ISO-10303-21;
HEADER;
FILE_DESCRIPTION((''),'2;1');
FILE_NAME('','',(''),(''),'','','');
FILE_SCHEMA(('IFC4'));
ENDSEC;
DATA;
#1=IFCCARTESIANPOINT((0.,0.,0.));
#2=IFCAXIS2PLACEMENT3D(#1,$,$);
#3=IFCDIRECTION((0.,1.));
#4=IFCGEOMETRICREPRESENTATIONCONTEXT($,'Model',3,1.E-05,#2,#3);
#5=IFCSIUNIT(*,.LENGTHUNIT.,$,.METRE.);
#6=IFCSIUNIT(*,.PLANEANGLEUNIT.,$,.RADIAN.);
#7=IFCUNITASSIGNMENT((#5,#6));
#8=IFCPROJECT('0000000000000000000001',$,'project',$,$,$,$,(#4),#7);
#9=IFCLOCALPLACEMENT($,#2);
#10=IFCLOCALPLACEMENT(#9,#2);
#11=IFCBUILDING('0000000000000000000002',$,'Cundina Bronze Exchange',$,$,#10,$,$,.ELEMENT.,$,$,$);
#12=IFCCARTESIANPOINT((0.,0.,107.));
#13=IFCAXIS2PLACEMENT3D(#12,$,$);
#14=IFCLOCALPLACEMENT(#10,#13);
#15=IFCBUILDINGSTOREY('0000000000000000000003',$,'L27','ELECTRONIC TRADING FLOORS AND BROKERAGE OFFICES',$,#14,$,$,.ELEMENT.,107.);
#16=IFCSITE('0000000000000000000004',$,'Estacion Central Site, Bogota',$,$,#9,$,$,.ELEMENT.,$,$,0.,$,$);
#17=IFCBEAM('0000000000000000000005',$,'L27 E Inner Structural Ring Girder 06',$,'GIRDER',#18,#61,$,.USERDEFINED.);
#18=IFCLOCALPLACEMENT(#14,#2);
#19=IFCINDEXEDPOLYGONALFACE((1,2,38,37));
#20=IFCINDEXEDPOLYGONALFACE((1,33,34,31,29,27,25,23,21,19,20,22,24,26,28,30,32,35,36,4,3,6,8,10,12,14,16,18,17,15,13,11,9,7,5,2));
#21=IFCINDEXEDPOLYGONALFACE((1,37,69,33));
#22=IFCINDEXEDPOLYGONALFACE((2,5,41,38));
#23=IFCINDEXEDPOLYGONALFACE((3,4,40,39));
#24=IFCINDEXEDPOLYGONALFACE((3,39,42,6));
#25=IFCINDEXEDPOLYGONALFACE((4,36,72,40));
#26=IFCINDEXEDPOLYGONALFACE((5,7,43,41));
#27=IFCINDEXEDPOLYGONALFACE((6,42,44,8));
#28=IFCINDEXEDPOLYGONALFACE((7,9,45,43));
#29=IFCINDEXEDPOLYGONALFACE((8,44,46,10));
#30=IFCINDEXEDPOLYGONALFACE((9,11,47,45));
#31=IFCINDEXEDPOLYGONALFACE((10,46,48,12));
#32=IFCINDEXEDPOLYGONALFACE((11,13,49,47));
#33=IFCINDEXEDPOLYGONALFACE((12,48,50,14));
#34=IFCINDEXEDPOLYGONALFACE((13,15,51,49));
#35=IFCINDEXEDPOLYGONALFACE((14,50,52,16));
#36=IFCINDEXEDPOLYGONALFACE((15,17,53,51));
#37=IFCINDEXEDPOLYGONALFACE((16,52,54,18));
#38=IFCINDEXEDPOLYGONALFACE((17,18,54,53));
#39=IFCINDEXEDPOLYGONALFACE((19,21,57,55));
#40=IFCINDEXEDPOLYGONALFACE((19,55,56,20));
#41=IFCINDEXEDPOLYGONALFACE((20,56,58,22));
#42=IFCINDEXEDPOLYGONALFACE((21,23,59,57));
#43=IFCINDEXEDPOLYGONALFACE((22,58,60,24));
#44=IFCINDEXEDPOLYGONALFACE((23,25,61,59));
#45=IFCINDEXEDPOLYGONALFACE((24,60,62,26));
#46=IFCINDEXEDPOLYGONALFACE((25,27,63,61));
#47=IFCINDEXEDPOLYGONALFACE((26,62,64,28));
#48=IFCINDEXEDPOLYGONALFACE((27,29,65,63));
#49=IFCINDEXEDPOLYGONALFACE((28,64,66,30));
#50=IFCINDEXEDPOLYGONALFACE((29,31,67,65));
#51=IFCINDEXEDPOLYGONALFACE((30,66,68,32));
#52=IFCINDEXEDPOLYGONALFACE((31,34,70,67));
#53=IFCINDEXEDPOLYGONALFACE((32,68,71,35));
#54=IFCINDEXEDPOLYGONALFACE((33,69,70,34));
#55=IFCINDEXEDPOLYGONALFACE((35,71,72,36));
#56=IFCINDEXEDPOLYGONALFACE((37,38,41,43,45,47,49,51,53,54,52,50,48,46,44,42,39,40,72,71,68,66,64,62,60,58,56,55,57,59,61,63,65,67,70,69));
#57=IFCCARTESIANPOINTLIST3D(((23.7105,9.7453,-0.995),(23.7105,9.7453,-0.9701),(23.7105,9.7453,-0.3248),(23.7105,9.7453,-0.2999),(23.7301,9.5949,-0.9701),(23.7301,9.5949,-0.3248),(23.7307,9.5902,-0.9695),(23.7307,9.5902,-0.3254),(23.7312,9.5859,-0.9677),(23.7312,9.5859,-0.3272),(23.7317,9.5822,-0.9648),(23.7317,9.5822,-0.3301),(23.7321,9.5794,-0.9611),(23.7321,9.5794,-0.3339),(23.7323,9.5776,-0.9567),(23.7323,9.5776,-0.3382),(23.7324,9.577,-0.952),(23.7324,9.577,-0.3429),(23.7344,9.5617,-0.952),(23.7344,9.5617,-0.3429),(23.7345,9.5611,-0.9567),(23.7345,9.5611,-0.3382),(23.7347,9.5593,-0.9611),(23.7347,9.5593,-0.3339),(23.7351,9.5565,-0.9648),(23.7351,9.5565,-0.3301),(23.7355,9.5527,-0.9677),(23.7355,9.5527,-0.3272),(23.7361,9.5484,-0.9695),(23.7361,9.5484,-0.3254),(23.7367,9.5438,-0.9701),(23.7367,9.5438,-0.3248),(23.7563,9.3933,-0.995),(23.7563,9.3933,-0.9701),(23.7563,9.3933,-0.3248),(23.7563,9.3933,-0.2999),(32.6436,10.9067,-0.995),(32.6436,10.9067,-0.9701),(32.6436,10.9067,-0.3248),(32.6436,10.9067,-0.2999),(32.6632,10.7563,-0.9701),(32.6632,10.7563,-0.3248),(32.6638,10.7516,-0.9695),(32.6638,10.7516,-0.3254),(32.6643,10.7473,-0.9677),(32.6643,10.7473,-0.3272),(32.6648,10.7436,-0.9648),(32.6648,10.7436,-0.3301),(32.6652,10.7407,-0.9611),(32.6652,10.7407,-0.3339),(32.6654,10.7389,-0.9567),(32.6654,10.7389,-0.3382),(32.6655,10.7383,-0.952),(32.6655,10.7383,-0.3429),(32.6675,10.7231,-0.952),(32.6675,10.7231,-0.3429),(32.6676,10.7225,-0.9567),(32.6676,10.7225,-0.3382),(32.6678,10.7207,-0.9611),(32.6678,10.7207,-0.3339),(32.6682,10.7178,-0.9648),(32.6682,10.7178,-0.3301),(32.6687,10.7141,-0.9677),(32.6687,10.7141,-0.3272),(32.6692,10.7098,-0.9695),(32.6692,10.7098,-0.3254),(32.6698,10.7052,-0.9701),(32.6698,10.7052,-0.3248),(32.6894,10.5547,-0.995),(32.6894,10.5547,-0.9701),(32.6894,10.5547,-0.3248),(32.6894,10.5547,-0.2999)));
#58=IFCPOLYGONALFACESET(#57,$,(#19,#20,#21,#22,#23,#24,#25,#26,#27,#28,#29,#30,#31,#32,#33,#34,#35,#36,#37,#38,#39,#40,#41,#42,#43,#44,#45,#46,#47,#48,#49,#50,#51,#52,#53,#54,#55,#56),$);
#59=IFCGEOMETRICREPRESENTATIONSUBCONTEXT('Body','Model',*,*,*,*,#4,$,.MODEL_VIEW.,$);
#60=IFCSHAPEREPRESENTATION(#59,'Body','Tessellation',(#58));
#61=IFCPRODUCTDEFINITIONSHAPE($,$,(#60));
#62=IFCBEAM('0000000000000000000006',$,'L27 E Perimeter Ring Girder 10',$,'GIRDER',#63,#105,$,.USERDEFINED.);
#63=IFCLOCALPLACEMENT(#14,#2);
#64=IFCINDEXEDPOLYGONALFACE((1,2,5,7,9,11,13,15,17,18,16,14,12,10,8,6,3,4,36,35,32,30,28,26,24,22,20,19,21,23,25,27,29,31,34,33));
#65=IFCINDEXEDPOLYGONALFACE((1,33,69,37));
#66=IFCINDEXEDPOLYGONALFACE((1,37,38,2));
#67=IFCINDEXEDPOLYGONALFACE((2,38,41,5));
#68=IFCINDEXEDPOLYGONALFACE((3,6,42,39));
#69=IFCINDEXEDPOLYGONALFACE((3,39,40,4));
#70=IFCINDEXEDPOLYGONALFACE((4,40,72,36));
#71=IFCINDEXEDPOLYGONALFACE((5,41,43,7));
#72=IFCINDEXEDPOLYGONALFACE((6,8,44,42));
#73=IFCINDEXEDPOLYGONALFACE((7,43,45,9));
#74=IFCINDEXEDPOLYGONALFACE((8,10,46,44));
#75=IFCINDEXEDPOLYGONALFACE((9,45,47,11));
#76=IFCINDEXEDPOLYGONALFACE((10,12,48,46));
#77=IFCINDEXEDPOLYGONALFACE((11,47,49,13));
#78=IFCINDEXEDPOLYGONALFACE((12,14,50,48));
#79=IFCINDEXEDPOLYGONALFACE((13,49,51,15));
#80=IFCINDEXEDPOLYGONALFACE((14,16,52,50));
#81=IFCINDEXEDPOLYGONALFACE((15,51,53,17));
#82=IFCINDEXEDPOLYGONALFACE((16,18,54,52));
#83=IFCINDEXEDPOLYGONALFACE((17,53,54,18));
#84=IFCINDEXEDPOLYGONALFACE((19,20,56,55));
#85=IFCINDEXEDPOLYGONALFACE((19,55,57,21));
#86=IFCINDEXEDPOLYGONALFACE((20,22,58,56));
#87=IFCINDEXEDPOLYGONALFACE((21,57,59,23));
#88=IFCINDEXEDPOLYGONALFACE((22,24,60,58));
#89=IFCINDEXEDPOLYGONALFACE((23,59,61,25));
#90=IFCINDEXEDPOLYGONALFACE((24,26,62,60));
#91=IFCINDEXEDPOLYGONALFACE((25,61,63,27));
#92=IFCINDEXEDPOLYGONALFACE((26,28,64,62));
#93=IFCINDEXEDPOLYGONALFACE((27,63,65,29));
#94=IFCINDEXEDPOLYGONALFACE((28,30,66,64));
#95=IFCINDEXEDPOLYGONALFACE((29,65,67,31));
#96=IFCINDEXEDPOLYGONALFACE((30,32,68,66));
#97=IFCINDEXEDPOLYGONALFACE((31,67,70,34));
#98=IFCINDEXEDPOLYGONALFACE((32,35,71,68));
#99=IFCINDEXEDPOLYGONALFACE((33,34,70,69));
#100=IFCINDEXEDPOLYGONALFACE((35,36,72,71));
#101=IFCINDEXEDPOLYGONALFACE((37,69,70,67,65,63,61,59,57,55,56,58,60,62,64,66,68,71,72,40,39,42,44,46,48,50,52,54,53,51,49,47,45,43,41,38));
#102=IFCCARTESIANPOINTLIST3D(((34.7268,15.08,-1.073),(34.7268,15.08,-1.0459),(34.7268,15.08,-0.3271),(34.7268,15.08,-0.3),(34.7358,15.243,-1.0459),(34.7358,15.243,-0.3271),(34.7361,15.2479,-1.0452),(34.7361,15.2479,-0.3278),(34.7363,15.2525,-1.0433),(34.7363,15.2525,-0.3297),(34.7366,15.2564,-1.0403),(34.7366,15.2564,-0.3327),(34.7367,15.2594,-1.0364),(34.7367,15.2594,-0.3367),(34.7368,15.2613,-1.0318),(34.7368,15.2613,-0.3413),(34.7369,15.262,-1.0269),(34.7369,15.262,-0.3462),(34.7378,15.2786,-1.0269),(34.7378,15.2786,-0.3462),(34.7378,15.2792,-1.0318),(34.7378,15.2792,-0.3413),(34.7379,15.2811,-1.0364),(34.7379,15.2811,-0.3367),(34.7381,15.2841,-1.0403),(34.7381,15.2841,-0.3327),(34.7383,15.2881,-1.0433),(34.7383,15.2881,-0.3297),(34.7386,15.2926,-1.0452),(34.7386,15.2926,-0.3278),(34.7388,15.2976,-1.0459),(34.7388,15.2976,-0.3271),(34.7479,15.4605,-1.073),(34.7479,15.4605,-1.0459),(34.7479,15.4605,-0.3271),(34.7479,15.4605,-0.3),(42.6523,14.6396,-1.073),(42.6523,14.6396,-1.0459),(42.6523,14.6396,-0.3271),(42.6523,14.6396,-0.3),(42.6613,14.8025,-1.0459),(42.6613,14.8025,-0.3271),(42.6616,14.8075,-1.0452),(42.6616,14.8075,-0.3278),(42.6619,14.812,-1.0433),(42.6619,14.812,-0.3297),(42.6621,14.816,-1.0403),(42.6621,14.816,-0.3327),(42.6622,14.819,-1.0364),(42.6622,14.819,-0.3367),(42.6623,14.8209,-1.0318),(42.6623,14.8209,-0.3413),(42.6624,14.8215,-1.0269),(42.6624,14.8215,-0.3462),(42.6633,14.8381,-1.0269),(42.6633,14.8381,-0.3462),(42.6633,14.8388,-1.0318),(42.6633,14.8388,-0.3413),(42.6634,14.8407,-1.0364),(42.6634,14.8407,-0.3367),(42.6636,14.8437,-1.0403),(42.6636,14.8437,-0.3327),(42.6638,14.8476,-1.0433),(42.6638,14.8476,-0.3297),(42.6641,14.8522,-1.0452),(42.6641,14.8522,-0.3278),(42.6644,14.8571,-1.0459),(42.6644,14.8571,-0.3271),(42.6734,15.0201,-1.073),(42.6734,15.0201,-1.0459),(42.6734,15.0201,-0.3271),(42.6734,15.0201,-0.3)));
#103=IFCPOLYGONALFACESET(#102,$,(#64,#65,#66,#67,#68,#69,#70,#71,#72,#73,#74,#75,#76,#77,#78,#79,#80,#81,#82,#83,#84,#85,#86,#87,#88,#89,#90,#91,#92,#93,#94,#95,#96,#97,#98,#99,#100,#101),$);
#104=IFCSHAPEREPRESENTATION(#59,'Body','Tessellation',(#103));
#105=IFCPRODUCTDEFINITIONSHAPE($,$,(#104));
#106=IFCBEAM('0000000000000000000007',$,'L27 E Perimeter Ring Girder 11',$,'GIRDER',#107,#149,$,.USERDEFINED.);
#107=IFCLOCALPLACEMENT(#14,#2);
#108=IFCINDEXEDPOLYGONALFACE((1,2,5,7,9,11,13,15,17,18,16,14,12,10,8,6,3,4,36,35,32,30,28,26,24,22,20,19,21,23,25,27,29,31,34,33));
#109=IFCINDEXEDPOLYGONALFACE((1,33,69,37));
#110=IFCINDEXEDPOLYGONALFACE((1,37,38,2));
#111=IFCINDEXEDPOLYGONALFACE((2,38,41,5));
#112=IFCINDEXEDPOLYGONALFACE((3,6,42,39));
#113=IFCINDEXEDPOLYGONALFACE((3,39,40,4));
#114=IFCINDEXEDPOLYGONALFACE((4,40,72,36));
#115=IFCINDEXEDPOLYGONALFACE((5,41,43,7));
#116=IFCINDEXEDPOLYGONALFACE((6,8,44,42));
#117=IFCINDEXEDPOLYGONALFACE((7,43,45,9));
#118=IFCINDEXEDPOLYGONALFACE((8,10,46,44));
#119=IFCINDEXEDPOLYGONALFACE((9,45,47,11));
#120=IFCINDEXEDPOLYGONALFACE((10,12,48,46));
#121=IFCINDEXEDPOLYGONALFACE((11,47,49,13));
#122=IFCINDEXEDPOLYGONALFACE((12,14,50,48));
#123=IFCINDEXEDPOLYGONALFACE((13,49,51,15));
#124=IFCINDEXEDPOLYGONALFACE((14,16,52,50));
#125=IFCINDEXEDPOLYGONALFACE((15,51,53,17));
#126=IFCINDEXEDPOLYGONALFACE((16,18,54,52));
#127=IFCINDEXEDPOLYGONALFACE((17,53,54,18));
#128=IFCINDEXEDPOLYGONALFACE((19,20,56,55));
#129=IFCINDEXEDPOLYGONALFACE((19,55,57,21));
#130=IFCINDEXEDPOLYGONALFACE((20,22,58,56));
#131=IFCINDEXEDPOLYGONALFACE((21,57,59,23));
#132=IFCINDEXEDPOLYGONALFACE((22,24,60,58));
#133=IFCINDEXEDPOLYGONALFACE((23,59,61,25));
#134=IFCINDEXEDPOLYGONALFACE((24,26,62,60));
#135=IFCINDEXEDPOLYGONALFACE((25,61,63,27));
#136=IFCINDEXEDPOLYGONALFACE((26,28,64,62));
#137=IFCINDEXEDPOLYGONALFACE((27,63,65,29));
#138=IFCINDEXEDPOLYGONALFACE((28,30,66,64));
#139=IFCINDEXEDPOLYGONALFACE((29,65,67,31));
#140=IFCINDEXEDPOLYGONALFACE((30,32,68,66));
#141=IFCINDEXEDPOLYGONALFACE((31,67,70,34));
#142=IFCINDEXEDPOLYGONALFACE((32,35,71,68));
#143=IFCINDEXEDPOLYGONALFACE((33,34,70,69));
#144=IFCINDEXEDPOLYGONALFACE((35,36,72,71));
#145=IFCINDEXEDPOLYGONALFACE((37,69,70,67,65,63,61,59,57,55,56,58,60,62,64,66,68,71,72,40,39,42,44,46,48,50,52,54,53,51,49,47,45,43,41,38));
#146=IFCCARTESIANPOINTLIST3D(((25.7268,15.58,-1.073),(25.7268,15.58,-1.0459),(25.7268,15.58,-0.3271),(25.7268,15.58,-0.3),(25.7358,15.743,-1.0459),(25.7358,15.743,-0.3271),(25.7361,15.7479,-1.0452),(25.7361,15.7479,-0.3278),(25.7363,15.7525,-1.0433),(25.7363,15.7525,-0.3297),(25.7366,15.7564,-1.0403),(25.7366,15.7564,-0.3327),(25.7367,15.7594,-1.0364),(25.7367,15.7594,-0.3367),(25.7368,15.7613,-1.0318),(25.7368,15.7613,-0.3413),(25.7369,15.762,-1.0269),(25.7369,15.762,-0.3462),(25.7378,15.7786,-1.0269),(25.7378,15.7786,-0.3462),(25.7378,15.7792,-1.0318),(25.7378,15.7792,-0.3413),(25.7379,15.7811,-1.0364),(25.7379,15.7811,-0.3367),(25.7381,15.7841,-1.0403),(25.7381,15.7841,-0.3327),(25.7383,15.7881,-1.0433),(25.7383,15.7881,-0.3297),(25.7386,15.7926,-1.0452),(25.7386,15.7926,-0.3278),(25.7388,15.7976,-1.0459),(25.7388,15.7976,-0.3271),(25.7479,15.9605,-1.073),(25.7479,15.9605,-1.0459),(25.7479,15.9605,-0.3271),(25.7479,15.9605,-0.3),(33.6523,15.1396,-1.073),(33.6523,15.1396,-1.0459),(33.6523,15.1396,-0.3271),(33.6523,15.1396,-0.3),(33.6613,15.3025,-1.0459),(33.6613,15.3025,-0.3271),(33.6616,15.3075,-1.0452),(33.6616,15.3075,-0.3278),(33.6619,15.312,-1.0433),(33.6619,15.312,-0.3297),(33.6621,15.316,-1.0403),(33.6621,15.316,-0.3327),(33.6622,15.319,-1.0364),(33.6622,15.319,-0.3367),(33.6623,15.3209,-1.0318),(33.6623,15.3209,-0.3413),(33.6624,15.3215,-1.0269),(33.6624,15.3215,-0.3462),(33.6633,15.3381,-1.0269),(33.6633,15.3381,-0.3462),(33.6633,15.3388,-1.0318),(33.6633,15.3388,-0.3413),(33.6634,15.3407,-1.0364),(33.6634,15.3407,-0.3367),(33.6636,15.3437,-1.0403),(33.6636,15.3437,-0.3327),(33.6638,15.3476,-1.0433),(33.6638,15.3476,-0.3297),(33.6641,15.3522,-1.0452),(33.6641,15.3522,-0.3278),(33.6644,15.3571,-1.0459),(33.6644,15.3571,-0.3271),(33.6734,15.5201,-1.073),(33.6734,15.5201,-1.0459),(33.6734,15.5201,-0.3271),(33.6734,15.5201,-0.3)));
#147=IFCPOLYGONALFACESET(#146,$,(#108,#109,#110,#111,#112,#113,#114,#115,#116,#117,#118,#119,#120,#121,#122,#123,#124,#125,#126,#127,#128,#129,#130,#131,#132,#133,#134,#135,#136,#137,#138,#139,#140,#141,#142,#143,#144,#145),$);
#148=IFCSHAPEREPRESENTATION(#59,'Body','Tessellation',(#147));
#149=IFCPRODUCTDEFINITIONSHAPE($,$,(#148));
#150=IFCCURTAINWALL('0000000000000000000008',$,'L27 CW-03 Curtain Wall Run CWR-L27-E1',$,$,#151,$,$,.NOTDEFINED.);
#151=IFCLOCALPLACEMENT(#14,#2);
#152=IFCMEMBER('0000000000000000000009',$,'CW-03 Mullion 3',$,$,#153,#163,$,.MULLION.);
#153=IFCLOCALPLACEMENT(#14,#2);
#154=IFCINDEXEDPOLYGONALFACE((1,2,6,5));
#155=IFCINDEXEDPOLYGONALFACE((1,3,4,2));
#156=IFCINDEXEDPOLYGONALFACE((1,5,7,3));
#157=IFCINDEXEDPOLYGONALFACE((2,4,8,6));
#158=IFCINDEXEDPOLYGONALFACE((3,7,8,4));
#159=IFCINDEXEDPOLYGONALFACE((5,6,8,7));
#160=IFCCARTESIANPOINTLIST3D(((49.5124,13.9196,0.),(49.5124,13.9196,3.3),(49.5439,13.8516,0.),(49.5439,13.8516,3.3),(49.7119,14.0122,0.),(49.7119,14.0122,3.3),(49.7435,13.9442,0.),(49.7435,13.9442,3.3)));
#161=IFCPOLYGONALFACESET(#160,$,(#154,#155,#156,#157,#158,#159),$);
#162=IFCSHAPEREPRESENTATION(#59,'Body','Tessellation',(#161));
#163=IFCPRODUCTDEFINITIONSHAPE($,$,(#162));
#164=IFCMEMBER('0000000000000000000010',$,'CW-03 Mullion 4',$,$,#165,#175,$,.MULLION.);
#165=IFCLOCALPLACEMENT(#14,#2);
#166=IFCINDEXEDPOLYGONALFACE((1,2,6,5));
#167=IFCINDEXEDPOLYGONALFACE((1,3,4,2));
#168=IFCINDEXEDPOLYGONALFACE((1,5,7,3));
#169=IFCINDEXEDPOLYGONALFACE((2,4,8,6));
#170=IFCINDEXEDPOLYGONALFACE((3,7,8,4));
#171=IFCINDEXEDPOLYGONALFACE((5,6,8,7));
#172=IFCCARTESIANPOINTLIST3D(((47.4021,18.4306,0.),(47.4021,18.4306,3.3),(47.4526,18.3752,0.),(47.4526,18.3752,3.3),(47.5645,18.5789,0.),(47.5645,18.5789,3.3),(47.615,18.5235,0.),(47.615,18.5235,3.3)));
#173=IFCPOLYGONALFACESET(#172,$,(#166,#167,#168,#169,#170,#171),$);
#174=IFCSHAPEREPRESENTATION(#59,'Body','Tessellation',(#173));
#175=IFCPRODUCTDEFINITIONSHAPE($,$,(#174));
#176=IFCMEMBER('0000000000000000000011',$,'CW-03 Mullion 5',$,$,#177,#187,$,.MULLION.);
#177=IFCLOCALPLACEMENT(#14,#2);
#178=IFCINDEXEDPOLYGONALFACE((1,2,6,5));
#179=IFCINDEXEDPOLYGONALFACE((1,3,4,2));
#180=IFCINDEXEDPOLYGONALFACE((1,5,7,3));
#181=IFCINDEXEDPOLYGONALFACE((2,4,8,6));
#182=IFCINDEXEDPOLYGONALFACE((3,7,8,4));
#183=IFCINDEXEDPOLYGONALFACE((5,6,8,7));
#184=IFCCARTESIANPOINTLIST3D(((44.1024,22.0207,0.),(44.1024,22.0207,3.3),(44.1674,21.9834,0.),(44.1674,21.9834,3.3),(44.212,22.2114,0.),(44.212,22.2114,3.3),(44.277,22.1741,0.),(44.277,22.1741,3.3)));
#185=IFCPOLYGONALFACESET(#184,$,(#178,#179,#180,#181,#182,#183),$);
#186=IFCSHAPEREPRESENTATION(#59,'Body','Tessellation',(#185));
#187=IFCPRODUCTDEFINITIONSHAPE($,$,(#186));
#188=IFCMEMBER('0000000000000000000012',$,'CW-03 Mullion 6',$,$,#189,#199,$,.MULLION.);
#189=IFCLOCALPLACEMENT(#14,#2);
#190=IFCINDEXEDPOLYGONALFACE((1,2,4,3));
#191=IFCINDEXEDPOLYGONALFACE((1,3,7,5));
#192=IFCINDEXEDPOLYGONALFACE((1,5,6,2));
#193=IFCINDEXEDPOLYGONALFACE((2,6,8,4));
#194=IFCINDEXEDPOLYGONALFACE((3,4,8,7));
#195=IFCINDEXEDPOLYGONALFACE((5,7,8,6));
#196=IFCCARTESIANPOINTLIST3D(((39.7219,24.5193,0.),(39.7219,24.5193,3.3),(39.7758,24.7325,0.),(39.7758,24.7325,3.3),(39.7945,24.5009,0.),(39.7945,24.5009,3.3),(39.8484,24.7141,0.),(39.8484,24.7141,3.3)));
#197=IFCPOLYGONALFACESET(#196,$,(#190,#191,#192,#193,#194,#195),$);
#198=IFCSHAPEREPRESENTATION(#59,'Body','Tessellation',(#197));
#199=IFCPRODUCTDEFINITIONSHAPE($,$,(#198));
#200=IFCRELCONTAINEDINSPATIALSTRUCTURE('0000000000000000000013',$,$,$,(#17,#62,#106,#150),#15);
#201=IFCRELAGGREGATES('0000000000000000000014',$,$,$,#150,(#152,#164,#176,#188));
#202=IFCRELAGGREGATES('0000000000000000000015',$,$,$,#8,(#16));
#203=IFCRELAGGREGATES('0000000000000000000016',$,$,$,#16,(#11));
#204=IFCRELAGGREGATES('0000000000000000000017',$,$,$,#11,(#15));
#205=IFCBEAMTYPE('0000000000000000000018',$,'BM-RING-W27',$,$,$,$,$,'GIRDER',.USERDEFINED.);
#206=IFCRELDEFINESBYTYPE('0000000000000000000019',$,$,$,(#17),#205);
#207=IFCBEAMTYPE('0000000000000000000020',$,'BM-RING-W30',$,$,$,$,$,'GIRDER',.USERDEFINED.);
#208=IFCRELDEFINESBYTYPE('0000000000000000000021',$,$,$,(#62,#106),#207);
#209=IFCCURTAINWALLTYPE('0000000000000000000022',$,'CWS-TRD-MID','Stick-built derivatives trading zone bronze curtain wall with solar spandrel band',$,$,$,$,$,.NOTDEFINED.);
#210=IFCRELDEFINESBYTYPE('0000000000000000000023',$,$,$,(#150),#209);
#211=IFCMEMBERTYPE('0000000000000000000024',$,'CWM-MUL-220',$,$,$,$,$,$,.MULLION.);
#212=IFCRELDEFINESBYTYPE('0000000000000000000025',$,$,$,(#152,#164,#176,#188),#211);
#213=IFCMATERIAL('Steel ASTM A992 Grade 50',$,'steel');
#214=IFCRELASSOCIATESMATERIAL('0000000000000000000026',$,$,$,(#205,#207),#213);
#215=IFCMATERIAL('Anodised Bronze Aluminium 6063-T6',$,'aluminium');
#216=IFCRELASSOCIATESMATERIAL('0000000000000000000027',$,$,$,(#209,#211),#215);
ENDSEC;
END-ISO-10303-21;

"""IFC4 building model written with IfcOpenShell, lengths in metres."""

from ifc_helpers import new_model, si_unit, direction, frame, origin, origin_2d, place, context, subcontext, project, spatial, rectangle, i_section, extrude, material, material_profile, profile_set, type_object, element, aggregate, save


model = new_model("IFC4")

# Units and contexts
model_context = context("Model", 3, precision=1e-05, world=origin(), true_north=direction((0.0, 1.0)))
body_context = subcontext(model_context, "Body", "Model", "MODEL_VIEW")
ifc_project = project(units=[si_unit("LENGTHUNIT", "METRE"), si_unit("PLANEANGLEUNIT", "RADIAN")], contexts=[model_context])

# Site, building, storey
site_placement = place(None, origin())
site = spatial("IfcSite", under=ifc_project, at=site_placement, Name="Estacion Central Site, Bogota", CompositionType="ELEMENT", RefElevation=0.0)
building_placement = place(site_placement, origin())
building = spatial("IfcBuilding", under=site, at=building_placement, Name="Cundina Bronze Exchange", CompositionType="ELEMENT")
storey_placement = place(building_placement, frame((0.0, 0.0, 107.0)))
storey = spatial("IfcBuildingStorey", under=building, at=storey_placement, Name="L27", Description="ELECTRONIC TRADING FLOORS AND BROKERAGE OFFICES", CompositionType="ELEMENT", Elevation=107.0)

# Beams
ifc_material_1 = material(Name="Steel ASTM A992 Grade 50", Category="steel")
ifc_material_profile_1 = material_profile(ifc_material_1, i_section(OverallWidth=0.355, OverallDepth=0.6951, WebThickness=0.0154, FlangeThickness=0.0249, FilletRadius=0.0181, at=origin_2d()), Name="W27X146", Category="steel")
ifc_profile_set_1 = profile_set([ifc_material_profile_1], Name="Steel ASTM A992 Grade 50")
beam_type_1 = type_object("IfcBeamType", Name="BM-RING-W27", ElementType="GIRDER", PredefinedType="USERDEFINED", material=ifc_profile_set_1)
beam_1_placement = place(storey_placement, frame((32.6665, 10.7307, -0.6475), z_axis=(-0.991655, -0.128923, 0.0), x_axis=(0.128923, -0.991655, 0.0)))
element("IfcBeam", 1, at=beam_1_placement, inside=storey, type_object=beam_type_1, Name="L27 E Inner Structural Ring Girder 06", ObjectType="GIRDER", PredefinedType="USERDEFINED", context=body_context, shape_type="SweptSolid", body=[
    extrude(i_section(OverallWidth=0.355, OverallDepth=0.6951, WebThickness=0.0154, FlangeThickness=0.0249, FilletRadius=0.0181, at=origin_2d()), origin(), (0.0, 0.0, 1.0), 9.0083),
])
ifc_material_profile_2 = material_profile(ifc_material_1, i_section(OverallWidth=0.3811, OverallDepth=0.7729, WebThickness=0.0166, FlangeThickness=0.0271, FilletRadius=0.019, at=origin_2d()), Name="W30X173", Category="steel")
ifc_profile_set_2 = profile_set([ifc_material_profile_2], Name="Steel ASTM A992 Grade 50")
beam_type_2 = type_object("IfcBeamType", Name="BM-RING-W30", ElementType="GIRDER", PredefinedType="USERDEFINED", material=ifc_profile_set_2)
for number, where, z_axis, x_axis, name in (
    (2, (42.6628, 14.8298, -0.6865), (-0.99846, 0.055485, 0.0), (-0.055485, -0.99846, 0.0), "L27 E Perimeter Ring Girder 10"),
    (3, (33.6628, 15.3298, -0.6865), (-0.99846, 0.055485, 0.0), (-0.055485, -0.99846, 0.0), "L27 E Perimeter Ring Girder 11"),
):
    element("IfcBeam", number, at=place(storey_placement, frame(where, z_axis=z_axis, x_axis=x_axis)), inside=storey, type_object=beam_type_2, Name=name, ObjectType="GIRDER", PredefinedType="USERDEFINED", context=body_context, shape_type="SweptSolid", body=[
        extrude(i_section(OverallWidth=0.3811, OverallDepth=0.7729, WebThickness=0.0166, FlangeThickness=0.0271, FilletRadius=0.019, at=origin_2d()), origin(), (0.0, 0.0, 1.0), 7.9377),
    ])

# Curtain wall, members
ifc_material_2 = material(Name="Anodised Bronze Aluminium 6063-T6", Category="aluminium")
curtain_wall_type = type_object("IfcCurtainWallType", Name="CWS-TRD-MID", Description="Stick-built derivatives trading zone bronze curtain wall with solar spandrel band", PredefinedType="NOTDEFINED", material=ifc_material_2)
curtain_wall_placement = place(storey_placement, origin())
curtain_wall = element("IfcCurtainWall", 4, at=curtain_wall_placement, inside=storey, type_object=curtain_wall_type, Name="L27 CW-03 Curtain Wall Run CWR-L27-E1", PredefinedType="NOTDEFINED")
ifc_material_profile_3 = material_profile(ifc_material_2, rectangle(XDim=0.075, YDim=0.22, at=origin_2d()), Name="AL75X220", Category="aluminium")
ifc_profile_set_3 = profile_set([ifc_material_profile_3], Name="Anodised Bronze Aluminium 6063-T6")
member_type_1 = type_object("IfcMemberType", Name="CWM-MUL-220", PredefinedType="MULLION", material=ifc_profile_set_3)
member_1_placement = place(storey_placement, frame((49.6279, 13.9319, 0.0), z_axis=(0.0, 0.0, 1.0), x_axis=(-0.420877, 0.907117, 0.0)))
member_1 = element("IfcMember", 5, at=member_1_placement, type_object=member_type_1, Name="CW-03 Mullion 3", PredefinedType="MULLION", context=body_context, shape_type="SweptSolid", body=[
    extrude(rectangle(XDim=0.075, YDim=0.22, at=origin_2d()), origin(), (0.0, 0.0, 1.0), 3.3),
])
member_2_placement = place(storey_placement, frame((47.5085, 18.4771, 0.0), z_axis=(0.0, 0.0, 1.0), x_axis=(-0.674302, 0.738455, 0.0)))
member_2 = element("IfcMember", 6, at=member_2_placement, type_object=member_type_1, Name="CW-03 Mullion 4", PredefinedType="MULLION", context=body_context, shape_type="SweptSolid", body=[
    extrude(rectangle(XDim=0.075, YDim=0.22, at=origin_2d()), origin(), (0.0, 0.0, 1.0), 3.3),
])
member_3_placement = place(storey_placement, frame((44.1897, 22.0974, 0.0), z_axis=(0.0, 0.0, 1.0), x_axis=(-0.867071, 0.498185, 0.0)))
member_3 = element("IfcMember", 7, at=member_3_placement, type_object=member_type_1, Name="CW-03 Mullion 5", PredefinedType="MULLION", context=body_context, shape_type="SweptSolid", body=[
    extrude(rectangle(XDim=0.075, YDim=0.22, at=origin_2d()), origin(), (0.0, 0.0, 1.0), 3.3),
])
member_4_placement = place(storey_placement, frame((39.7852, 24.6167, 0.0), z_axis=(0.0, 0.0, 1.0), x_axis=(-0.969488, 0.245138, 0.0)))
member_4 = element("IfcMember", 8, at=member_4_placement, type_object=member_type_1, Name="CW-03 Mullion 6", PredefinedType="MULLION", context=body_context, shape_type="SweptSolid", body=[
    extrude(rectangle(XDim=0.075, YDim=0.22, at=origin_2d()), origin(), (0.0, 0.0, 1.0), 3.3),
])
aggregate(curtain_wall, [member_1, member_2, member_3, member_4])

save(model, "model.ifc")
